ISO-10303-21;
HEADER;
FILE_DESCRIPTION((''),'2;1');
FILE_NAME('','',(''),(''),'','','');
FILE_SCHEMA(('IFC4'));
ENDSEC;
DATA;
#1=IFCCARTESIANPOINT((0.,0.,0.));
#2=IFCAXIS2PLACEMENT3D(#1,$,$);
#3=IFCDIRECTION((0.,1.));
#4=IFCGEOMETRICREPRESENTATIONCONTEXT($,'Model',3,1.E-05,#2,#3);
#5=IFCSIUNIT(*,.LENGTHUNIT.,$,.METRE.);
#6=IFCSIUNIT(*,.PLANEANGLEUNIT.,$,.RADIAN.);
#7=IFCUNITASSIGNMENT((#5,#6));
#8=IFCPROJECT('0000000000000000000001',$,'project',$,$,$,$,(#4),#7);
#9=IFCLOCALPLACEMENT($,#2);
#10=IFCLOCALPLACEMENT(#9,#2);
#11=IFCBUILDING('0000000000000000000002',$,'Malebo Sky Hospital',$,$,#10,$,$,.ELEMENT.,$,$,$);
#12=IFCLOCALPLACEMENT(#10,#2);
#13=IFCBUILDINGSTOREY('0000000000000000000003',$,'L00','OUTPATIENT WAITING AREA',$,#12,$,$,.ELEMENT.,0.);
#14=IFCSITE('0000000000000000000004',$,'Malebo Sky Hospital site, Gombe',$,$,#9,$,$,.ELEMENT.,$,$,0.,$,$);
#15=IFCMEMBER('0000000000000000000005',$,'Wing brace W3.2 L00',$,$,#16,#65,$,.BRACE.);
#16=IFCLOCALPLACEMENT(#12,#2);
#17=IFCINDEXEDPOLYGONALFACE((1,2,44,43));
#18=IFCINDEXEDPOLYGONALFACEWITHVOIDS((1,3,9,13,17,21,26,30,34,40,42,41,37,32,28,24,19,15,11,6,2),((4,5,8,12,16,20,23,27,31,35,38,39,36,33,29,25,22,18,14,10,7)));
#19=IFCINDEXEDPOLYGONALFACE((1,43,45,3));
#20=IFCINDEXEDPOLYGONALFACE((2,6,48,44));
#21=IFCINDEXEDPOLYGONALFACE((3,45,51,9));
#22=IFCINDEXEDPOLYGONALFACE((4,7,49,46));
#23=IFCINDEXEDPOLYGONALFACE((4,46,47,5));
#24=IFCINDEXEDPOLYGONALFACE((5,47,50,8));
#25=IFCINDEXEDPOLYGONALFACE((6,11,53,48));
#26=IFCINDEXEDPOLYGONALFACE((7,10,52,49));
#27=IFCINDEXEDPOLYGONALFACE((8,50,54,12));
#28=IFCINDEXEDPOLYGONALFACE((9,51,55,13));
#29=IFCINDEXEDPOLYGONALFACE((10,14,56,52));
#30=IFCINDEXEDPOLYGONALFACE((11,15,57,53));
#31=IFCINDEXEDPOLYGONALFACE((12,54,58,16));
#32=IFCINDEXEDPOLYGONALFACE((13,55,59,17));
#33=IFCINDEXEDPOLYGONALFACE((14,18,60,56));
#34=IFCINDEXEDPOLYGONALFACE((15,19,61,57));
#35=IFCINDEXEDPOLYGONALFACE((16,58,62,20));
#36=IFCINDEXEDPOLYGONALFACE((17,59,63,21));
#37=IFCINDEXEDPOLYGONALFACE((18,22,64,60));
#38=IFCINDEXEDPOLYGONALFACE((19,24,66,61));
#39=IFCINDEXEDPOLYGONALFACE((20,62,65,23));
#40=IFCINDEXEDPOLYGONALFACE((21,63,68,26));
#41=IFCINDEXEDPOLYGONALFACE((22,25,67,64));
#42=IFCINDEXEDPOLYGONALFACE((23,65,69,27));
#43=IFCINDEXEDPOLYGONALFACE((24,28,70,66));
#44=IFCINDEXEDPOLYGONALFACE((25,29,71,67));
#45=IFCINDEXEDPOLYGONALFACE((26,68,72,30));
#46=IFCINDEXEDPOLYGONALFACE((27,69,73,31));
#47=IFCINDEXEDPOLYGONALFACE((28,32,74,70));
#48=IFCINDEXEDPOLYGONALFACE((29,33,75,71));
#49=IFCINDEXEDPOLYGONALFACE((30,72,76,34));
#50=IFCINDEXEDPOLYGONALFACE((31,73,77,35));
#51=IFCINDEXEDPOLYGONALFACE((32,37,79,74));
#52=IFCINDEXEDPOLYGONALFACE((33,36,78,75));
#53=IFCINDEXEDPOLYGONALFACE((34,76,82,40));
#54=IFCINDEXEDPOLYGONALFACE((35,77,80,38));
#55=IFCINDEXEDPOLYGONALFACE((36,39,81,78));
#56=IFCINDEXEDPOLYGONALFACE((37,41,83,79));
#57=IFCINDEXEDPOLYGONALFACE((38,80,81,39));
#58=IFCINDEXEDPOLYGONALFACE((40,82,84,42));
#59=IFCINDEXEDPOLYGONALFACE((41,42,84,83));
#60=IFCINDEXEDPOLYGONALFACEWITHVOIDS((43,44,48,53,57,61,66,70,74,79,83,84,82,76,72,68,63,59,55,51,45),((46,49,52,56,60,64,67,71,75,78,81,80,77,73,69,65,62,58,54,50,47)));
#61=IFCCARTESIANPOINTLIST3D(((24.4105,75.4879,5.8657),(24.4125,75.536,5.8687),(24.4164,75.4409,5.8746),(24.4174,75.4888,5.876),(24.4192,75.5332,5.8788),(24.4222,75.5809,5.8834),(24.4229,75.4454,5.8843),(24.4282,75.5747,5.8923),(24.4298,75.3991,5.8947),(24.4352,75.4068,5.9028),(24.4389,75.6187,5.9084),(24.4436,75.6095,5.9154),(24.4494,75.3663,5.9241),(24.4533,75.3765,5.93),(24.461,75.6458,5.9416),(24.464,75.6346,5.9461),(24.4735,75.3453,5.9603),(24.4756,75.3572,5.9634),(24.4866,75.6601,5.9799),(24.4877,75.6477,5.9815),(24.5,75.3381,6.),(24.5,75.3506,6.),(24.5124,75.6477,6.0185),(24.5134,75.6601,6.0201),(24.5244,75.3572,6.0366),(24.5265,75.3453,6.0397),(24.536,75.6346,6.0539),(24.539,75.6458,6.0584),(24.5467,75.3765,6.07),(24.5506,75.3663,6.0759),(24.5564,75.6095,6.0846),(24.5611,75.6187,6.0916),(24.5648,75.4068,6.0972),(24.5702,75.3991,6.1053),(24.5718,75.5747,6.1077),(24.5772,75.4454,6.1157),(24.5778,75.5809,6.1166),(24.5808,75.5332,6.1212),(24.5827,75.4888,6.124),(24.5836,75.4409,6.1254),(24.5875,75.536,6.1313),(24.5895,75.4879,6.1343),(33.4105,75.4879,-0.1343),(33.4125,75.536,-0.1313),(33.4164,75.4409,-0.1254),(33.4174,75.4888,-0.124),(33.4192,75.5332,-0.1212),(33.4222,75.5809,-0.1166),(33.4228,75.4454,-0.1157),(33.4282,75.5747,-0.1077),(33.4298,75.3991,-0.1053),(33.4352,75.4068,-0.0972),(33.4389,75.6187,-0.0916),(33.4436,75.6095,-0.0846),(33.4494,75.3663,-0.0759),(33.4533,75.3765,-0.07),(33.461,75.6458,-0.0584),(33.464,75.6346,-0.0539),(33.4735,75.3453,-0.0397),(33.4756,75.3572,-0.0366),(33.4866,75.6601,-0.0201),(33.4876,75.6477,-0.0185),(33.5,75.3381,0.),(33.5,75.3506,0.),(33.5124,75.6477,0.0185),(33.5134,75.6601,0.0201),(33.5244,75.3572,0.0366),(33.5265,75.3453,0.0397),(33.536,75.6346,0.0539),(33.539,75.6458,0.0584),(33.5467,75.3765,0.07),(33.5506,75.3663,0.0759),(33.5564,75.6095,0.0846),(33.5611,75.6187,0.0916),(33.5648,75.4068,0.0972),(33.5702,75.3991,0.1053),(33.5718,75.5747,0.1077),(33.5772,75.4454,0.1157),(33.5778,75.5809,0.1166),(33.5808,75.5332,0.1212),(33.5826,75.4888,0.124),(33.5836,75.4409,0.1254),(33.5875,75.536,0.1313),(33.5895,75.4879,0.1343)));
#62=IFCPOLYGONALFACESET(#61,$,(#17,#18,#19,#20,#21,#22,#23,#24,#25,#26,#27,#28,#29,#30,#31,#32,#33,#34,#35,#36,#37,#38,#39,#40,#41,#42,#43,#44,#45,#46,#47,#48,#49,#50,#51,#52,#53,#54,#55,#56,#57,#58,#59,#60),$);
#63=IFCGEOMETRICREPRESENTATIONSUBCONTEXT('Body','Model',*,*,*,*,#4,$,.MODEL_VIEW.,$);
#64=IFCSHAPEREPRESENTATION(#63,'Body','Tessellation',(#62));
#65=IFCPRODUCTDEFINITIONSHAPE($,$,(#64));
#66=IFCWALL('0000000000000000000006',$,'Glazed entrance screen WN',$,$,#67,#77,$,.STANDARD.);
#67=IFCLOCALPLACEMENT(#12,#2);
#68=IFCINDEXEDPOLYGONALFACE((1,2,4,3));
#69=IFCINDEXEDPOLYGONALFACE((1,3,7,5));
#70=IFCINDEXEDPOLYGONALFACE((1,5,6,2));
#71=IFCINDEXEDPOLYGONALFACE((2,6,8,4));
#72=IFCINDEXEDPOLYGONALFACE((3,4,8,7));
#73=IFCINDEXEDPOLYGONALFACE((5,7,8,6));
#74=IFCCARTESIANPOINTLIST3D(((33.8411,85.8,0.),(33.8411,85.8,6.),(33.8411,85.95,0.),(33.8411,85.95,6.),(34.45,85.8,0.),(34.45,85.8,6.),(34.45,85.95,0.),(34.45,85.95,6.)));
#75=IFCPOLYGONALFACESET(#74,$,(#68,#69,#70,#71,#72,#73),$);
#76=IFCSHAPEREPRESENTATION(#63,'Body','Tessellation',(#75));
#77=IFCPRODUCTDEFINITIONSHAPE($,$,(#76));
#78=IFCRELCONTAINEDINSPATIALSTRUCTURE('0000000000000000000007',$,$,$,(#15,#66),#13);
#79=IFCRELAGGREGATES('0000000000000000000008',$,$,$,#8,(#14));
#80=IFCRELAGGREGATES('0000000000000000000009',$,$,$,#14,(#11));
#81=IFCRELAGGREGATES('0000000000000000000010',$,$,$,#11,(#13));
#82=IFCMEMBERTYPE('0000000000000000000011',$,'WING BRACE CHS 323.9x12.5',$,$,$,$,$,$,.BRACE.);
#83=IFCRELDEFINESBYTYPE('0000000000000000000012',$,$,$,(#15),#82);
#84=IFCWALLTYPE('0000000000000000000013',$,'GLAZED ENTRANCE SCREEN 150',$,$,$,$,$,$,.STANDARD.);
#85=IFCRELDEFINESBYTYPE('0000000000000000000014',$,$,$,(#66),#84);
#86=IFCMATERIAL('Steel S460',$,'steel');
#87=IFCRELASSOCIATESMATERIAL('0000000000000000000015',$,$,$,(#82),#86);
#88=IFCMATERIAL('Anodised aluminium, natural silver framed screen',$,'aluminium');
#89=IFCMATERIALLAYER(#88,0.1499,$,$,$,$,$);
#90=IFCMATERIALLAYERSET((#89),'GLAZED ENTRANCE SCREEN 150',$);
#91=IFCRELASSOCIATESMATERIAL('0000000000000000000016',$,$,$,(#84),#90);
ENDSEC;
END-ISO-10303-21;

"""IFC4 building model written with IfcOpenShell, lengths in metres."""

from ifc_helpers import new_model, si_unit, direction, frame, frame_2d, origin, origin_2d, place, context, subcontext, project, spatial, rectangle, hollow_circle, extrude, material, layer, layer_set, material_profile, profile_set, type_object, element, save


model = new_model("IFC4")

# Units and contexts
model_context = context("Model", 3, precision=1e-05, world=origin(), true_north=direction((0.0, 1.0)))
body_context = subcontext(model_context, "Body", "Model", "MODEL_VIEW")
ifc_project = project(units=[si_unit("LENGTHUNIT", "METRE"), si_unit("PLANEANGLEUNIT", "RADIAN")], contexts=[model_context])

# Site, building, storey
site_placement = place(None, origin())
site = spatial("IfcSite", under=ifc_project, at=site_placement, Name="Malebo Sky Hospital site, Gombe", CompositionType="ELEMENT", RefElevation=0.0)
building_placement = place(site_placement, origin())
building = spatial("IfcBuilding", under=site, at=building_placement, Name="Malebo Sky Hospital", CompositionType="ELEMENT")
storey_placement = place(building_placement, origin())
storey = spatial("IfcBuildingStorey", under=building, at=storey_placement, Name="L00", Description="OUTPATIENT WAITING AREA", CompositionType="ELEMENT", Elevation=0.0)

# Shared definitions
ifc_material_1 = material(Name="Steel S460", Category="steel")

# Member
ifc_material_profile_1 = material_profile(ifc_material_1, hollow_circle(Radius=0.1619, WallThickness=0.0125, at=origin_2d()), Name="CHS 323.9x12.5")
ifc_profile_set_1 = profile_set([ifc_material_profile_1], Name="Steel S460")
member_type = type_object("IfcMemberType", Name="WING BRACE CHS 323.9x12.5", PredefinedType="BRACE", material=ifc_profile_set_1)
member_placement = place(storey_placement, frame((33.5, 75.5, 0.0), z_axis=(-0.83205, 0.0, 0.5547), x_axis=(0.0, -1.0, 0.0)))
element("IfcMember", 1, at=member_placement, inside=storey, type_object=member_type, Name="Wing brace W3.2 L00", PredefinedType="BRACE", context=body_context, shape_type="SweptSolid", body=[
    extrude(hollow_circle(Radius=0.1619, WallThickness=0.0125, at=origin_2d()), origin(), (0.0, 0.0, 1.0), 10.8167),
])

# Wall
ifc_material_2 = material(Name="Anodised aluminium, natural silver framed screen", Category="aluminium")
ifc_layer_1 = layer(ifc_material_2, 0.1499)
ifc_layer_set_1 = layer_set([ifc_layer_1], Name="GLAZED ENTRANCE SCREEN 150")
wall_type_1 = type_object("IfcWallType", Name="GLAZED ENTRANCE SCREEN 150", PredefinedType="STANDARD", material=ifc_layer_set_1)
wall_1_placement = place(storey_placement, frame((34.45, 85.875, 0.0), z_axis=(0.0, 0.0, 1.0), x_axis=(-1.0, 0.0, 0.0)))
element("IfcWall", 2, at=wall_1_placement, inside=storey, type_object=wall_type_1, Name="Glazed entrance screen WN", PredefinedType="STANDARD", context=body_context, shape_type="SweptSolid", body=[
    extrude(rectangle(XDim=0.6089, YDim=0.1499, at=frame_2d((0.3044, 0.0))), origin(), (0.0, 0.0, 1.0), 6.0),
])

save(model, "model.ifc")
